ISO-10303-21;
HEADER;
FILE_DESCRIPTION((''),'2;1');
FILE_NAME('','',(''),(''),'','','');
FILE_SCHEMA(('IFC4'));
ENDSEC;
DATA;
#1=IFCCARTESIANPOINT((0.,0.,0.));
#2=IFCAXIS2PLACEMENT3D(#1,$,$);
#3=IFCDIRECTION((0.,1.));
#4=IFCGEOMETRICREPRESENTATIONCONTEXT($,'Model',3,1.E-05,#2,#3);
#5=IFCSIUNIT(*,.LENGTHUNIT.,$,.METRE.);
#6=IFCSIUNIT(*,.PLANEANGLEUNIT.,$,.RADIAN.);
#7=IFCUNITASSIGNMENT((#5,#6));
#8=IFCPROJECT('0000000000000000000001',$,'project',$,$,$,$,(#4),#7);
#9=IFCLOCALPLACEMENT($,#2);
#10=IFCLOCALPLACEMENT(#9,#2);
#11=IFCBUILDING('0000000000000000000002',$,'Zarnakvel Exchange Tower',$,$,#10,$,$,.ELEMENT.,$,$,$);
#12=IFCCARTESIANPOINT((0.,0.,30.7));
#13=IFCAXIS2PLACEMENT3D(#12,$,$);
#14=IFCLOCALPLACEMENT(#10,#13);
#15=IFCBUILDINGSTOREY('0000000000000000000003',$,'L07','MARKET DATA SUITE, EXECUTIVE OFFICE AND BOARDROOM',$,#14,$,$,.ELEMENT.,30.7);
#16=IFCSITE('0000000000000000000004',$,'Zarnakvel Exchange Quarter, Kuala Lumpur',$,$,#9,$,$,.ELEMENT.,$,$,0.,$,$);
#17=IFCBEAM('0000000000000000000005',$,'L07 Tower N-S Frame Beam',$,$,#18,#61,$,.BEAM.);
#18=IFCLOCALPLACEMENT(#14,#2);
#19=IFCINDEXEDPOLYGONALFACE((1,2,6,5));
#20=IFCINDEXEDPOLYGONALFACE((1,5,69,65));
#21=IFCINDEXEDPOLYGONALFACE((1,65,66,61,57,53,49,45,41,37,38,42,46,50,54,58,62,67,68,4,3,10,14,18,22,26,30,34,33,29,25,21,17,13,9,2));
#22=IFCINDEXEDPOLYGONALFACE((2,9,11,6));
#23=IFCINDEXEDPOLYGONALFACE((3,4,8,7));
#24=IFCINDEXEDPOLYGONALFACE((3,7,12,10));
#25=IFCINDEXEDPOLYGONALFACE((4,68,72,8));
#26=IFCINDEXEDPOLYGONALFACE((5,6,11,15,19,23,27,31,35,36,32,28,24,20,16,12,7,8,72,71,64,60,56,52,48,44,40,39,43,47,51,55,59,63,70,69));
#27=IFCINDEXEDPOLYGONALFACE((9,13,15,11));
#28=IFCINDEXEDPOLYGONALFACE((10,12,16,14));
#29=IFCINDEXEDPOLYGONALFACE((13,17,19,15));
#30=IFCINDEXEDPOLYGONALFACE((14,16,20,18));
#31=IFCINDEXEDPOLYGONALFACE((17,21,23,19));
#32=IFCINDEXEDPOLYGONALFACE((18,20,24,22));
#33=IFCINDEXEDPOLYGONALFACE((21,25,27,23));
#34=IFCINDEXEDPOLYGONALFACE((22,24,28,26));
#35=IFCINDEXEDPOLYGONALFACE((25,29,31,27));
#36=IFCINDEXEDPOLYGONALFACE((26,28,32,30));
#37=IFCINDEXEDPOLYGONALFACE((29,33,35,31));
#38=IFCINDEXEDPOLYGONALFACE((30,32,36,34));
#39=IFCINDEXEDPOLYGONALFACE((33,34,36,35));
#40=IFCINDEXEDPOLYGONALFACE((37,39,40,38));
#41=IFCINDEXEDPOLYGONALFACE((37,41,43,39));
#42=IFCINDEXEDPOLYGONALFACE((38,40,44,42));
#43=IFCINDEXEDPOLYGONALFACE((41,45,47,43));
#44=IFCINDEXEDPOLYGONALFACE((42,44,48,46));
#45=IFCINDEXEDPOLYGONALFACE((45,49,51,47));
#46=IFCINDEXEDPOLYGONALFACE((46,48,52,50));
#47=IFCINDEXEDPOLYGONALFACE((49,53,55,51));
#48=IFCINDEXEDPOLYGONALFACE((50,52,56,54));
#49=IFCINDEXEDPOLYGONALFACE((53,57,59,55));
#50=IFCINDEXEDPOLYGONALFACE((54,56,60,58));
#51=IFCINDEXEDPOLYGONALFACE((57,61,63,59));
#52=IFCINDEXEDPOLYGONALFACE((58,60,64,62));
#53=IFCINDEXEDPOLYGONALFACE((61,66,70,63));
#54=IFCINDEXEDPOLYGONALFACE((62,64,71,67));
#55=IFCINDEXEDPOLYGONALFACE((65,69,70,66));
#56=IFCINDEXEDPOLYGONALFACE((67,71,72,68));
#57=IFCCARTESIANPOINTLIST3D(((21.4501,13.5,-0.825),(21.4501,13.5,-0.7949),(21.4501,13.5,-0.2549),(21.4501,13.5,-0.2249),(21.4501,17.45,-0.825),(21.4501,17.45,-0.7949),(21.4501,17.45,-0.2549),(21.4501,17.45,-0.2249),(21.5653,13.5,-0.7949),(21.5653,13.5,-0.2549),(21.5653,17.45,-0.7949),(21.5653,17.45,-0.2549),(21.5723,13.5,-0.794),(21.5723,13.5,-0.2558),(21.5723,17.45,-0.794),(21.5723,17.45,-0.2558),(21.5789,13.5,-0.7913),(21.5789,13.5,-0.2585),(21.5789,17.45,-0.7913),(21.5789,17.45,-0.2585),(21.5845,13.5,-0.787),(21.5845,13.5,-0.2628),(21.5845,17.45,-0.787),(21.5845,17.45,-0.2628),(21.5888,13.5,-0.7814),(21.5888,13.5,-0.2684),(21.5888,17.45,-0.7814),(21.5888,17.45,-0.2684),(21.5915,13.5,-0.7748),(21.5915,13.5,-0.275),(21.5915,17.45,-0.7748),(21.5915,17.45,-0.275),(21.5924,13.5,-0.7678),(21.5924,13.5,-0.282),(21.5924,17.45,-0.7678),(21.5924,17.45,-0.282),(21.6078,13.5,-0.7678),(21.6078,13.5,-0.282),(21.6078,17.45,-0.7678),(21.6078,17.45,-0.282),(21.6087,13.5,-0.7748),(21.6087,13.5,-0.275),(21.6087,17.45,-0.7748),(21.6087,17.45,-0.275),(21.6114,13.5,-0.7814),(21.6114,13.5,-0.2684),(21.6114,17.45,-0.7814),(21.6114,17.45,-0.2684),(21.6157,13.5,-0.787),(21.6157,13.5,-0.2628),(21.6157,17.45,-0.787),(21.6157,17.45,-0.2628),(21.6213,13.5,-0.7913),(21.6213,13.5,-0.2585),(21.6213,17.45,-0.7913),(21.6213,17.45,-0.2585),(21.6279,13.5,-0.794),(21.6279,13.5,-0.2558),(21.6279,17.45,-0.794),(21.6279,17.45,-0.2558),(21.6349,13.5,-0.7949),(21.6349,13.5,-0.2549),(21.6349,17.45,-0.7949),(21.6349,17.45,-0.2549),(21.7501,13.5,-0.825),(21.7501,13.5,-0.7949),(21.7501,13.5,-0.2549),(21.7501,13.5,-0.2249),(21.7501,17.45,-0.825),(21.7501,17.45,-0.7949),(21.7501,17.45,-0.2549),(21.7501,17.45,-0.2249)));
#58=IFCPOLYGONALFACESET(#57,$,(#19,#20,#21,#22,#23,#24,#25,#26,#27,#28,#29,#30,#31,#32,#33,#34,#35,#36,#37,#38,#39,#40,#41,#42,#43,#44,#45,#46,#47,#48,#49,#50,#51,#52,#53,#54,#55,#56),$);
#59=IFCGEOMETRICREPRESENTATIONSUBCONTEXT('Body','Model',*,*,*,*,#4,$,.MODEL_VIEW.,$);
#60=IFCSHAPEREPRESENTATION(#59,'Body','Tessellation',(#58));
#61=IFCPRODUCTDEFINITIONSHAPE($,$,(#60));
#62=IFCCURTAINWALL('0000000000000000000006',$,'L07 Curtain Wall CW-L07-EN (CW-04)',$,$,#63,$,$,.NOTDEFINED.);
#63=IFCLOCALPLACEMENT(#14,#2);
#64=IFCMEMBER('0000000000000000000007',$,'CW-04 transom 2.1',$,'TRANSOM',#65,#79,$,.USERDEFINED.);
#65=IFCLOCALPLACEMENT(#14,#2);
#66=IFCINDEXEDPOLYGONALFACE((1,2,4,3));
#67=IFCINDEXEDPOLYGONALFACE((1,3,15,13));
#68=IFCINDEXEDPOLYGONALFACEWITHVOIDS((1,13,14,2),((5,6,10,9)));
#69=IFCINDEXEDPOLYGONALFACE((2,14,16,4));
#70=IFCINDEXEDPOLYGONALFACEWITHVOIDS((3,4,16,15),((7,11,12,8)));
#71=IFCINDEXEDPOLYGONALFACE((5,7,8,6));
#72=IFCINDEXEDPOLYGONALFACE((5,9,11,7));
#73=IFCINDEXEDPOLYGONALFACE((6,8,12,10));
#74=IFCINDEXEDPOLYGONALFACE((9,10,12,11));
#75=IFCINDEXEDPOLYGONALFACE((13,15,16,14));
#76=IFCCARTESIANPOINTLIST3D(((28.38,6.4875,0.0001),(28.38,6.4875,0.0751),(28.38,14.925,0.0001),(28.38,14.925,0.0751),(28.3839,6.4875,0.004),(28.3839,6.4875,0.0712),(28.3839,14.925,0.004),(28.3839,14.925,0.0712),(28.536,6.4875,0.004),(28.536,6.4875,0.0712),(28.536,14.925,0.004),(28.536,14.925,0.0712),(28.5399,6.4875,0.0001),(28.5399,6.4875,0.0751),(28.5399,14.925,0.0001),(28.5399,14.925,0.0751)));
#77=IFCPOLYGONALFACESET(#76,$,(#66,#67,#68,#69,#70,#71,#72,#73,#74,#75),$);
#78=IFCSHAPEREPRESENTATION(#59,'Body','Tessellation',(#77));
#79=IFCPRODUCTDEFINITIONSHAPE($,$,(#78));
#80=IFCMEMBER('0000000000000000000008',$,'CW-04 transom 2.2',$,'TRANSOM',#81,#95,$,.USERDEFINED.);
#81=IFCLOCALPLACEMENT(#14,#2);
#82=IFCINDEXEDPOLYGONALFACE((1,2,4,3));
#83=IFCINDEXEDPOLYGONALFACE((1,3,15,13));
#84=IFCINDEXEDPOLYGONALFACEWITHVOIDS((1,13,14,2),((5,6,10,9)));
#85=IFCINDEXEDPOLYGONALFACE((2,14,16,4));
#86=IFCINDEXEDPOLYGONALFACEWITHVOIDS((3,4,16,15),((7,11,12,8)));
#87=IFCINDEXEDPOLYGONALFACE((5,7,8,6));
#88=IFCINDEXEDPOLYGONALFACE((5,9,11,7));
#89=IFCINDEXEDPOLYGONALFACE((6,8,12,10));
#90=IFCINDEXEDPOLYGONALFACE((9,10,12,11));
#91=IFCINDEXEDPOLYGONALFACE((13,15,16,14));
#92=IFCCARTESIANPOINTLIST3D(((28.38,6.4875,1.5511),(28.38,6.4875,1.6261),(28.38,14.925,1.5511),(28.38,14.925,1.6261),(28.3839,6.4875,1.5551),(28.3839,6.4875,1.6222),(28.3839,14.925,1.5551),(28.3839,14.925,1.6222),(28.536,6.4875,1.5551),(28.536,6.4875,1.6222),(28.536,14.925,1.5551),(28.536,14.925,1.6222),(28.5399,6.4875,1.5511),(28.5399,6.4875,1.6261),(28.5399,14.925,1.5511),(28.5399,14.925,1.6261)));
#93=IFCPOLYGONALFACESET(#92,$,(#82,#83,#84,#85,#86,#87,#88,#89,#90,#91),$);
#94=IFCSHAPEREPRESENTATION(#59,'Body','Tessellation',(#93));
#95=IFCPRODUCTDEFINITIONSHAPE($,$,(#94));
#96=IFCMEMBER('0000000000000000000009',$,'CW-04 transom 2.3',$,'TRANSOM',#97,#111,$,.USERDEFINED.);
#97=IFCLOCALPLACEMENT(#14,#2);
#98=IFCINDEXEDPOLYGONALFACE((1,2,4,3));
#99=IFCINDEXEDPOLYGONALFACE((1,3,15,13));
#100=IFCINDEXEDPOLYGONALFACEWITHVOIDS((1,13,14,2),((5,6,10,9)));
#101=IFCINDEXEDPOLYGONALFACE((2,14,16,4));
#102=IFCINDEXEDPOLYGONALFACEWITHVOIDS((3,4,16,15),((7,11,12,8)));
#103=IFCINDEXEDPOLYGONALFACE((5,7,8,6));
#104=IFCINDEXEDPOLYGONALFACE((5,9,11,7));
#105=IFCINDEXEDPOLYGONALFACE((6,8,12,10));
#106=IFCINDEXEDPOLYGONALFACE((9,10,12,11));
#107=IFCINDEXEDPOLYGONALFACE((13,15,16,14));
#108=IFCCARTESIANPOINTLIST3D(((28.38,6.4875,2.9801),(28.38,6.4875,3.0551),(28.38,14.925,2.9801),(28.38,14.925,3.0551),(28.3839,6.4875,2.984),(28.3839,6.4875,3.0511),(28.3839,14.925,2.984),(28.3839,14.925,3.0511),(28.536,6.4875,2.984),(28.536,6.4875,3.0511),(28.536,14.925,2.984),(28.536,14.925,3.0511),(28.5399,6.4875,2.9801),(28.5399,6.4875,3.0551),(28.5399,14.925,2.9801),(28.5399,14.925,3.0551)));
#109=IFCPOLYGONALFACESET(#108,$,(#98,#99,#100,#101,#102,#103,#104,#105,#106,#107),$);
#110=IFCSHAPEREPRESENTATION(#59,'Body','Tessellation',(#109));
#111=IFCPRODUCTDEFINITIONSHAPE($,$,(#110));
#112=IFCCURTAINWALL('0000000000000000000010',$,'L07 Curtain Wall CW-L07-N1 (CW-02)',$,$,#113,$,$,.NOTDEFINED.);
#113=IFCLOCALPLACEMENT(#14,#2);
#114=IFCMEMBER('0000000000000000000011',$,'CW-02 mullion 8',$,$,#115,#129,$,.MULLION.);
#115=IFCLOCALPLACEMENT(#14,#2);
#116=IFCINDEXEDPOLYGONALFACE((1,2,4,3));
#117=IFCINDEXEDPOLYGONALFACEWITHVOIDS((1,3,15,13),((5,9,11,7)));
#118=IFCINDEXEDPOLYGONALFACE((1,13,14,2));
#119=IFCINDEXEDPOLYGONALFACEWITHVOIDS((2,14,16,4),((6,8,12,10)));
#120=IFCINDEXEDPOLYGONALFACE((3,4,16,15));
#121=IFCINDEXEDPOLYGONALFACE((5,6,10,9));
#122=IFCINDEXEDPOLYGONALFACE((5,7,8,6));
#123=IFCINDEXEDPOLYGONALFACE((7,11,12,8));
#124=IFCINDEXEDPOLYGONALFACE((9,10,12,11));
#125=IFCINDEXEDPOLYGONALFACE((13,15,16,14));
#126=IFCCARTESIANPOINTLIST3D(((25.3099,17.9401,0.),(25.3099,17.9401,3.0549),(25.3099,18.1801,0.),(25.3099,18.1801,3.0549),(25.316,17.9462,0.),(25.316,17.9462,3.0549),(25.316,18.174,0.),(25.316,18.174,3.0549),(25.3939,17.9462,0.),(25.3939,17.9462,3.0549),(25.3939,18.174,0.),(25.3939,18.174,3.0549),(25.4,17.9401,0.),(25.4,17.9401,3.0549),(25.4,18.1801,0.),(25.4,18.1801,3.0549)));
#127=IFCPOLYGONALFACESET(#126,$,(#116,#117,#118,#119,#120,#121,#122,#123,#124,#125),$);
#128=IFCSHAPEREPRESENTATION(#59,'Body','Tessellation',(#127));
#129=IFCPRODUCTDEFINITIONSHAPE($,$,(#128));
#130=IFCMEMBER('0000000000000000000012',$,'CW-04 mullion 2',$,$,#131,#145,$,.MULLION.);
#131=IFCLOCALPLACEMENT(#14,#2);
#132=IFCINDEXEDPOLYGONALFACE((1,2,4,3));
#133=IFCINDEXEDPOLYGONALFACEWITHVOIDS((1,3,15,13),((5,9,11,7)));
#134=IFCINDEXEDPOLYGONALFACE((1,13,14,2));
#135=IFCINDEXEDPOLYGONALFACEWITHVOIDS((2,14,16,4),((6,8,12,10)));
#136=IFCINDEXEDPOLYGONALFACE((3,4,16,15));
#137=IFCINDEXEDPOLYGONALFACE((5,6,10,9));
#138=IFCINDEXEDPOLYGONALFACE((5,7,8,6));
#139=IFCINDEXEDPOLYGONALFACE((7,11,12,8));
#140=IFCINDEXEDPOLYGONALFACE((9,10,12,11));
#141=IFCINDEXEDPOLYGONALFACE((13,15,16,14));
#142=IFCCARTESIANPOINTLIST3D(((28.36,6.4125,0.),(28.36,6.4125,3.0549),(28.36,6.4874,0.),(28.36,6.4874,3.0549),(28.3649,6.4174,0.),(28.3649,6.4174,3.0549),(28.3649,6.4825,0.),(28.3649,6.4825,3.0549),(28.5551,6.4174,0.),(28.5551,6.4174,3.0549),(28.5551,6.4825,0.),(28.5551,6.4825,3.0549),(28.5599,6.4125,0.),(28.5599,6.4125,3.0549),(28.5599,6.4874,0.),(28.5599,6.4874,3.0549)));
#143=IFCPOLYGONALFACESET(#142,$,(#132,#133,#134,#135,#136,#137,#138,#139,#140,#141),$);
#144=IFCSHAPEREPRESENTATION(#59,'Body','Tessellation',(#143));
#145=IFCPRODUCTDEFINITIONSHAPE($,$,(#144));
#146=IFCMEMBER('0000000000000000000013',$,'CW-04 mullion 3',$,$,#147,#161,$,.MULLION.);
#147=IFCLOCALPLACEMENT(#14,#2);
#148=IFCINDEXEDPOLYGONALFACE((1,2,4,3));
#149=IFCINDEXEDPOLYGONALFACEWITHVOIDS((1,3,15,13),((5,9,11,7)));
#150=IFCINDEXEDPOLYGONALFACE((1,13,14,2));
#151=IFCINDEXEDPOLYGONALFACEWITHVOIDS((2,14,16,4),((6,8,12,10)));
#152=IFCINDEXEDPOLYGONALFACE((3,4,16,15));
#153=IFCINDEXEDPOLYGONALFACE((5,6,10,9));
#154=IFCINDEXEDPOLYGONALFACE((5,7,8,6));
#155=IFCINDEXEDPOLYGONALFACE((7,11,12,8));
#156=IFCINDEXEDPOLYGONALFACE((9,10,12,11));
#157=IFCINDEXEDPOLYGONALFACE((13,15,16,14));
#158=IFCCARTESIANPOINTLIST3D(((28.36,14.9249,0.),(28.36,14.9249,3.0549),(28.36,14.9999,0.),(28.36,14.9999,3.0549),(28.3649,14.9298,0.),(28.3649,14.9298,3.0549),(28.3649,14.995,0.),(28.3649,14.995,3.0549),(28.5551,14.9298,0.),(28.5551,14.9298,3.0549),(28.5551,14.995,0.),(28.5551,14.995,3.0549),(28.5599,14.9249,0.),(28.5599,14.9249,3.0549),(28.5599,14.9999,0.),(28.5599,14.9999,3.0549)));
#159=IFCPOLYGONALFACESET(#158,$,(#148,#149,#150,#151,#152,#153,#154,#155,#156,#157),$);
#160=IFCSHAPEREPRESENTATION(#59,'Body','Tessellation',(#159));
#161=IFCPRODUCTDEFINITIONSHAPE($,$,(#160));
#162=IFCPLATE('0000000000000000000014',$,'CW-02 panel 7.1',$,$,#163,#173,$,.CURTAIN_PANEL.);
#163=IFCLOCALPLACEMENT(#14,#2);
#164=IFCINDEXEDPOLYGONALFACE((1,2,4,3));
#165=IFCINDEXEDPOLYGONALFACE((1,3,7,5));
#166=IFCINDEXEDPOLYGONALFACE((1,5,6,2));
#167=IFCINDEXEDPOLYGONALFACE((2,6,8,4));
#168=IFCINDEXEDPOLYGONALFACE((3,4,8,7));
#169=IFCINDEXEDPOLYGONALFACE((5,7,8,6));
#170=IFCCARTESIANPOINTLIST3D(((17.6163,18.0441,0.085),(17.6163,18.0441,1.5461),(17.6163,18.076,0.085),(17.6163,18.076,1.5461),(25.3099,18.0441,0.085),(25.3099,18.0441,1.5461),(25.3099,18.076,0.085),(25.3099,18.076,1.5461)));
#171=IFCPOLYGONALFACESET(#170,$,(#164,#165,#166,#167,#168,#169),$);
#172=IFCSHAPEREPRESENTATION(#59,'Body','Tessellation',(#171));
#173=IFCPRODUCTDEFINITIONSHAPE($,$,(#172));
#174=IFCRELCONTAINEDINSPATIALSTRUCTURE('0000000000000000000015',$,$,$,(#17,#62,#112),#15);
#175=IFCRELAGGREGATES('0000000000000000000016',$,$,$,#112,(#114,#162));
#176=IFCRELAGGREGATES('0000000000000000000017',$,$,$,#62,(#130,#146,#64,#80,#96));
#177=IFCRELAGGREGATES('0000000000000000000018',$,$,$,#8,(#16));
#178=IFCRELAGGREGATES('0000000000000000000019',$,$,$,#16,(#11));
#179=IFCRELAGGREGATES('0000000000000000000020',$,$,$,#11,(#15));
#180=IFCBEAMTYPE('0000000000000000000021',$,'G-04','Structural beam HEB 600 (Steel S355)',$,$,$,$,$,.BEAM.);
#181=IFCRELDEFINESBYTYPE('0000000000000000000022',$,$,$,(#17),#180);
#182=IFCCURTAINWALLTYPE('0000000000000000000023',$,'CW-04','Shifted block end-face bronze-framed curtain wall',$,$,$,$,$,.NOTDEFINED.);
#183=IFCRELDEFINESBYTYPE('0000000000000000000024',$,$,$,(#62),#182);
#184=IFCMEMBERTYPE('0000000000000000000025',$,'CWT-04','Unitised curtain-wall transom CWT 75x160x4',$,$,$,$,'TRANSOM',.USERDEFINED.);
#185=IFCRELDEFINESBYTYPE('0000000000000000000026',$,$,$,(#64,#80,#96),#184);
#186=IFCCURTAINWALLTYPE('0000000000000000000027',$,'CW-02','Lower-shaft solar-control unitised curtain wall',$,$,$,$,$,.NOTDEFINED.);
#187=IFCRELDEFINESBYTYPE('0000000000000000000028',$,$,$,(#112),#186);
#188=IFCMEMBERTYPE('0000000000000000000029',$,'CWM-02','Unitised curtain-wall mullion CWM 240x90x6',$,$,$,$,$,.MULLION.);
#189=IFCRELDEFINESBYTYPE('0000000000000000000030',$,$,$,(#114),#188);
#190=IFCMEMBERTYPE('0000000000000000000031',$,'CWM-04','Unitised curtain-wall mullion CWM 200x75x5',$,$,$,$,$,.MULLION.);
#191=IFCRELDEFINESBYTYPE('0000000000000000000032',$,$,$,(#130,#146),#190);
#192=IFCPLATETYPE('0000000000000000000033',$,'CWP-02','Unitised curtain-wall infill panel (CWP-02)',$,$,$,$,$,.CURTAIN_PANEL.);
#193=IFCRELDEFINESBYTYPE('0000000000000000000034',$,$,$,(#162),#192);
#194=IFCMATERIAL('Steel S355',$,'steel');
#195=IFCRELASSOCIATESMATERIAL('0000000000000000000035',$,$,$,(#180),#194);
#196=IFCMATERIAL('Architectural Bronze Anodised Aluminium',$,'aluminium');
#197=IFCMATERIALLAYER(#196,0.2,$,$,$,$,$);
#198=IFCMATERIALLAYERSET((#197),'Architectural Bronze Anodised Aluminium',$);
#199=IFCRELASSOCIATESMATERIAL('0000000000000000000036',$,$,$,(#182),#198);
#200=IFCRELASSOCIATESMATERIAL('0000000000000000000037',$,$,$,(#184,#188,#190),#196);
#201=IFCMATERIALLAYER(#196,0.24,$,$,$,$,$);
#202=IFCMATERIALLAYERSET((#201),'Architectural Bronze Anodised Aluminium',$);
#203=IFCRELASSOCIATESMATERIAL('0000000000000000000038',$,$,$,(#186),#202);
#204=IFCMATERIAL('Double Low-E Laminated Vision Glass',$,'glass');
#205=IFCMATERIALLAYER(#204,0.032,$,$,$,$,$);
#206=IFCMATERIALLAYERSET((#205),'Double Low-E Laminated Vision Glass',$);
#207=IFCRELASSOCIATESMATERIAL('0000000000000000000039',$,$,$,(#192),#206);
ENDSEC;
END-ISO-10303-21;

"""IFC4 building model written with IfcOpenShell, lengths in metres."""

from ifc_helpers import new_model, si_unit, direction, frame, origin, origin_2d, place, context, subcontext, project, spatial, rectangle, hollow_rectangle, i_section, extrude, source, transform, mapped, material, layer, layer_set, material_profile, profile_set, type_object, element, aggregate, save


model = new_model("IFC4")

# Units and contexts
model_context = context("Model", 3, precision=1e-05, world=origin(), true_north=direction((0.0, 1.0)))
body_context = subcontext(model_context, "Body", "Model", "MODEL_VIEW")
ifc_project = project(units=[si_unit("LENGTHUNIT", "METRE"), si_unit("PLANEANGLEUNIT", "RADIAN")], contexts=[model_context])

# Site, building, storey
site_placement = place(None, origin())
site = spatial("IfcSite", under=ifc_project, at=site_placement, Name="Zarnakvel Exchange Quarter, Kuala Lumpur", CompositionType="ELEMENT", RefElevation=0.0)
building_placement = place(site_placement, origin())
building = spatial("IfcBuilding", under=site, at=building_placement, Name="Zarnakvel Exchange Tower", CompositionType="ELEMENT")
storey_placement = place(building_placement, frame((0.0, 0.0, 30.7)))
storey = spatial("IfcBuildingStorey", under=building, at=storey_placement, Name="L07", Description="MARKET DATA SUITE, EXECUTIVE OFFICE AND BOARDROOM", CompositionType="ELEMENT", Elevation=30.7)

# Shared definitions
ifc_material_1 = material(Name="Steel S355", Category="steel")

# Beam
ifc_material_profile_1 = material_profile(ifc_material_1, i_section(OverallWidth=0.3, OverallDepth=0.6001, WebThickness=0.0154, FlangeThickness=0.03, FilletRadius=0.0271, at=origin_2d()))
ifc_profile_set_1 = profile_set([ifc_material_profile_1], Name="Steel S355")
beam_type = type_object("IfcBeamType", Name="G-04", Description="Structural beam HEB 600 (Steel S355)", PredefinedType="BEAM", material=ifc_profile_set_1)
beam_1_placement = place(storey_placement, frame((21.6001, 13.5, -0.5249), z_axis=(0.0, 1.0, 0.0), x_axis=(-1.0, 0.0, 0.0)))
element("IfcBeam", 1, at=beam_1_placement, inside=storey, type_object=beam_type, Name="L07 Tower N-S Frame Beam", PredefinedType="BEAM", context=body_context, shape_type="SweptSolid", body=[
    extrude(i_section(OverallWidth=0.3, OverallDepth=0.6001, WebThickness=0.0154, FlangeThickness=0.03, FilletRadius=0.0271, at=origin_2d()), origin(), (0.0, 0.0, 1.0), 3.95),
])

# Curtain wall, members
ifc_material_2 = material(Name="Architectural Bronze Anodised Aluminium", Category="aluminium")
ifc_layer_1 = layer(ifc_material_2, 0.2)
ifc_layer_set_1 = layer_set([ifc_layer_1], Name="Architectural Bronze Anodised Aluminium")
curtain_wall_type_1 = type_object("IfcCurtainWallType", Name="CW-04", Description="Shifted block end-face bronze-framed curtain wall", PredefinedType="NOTDEFINED", material=ifc_layer_set_1)
curtain_wall_1_placement = place(storey_placement, origin())
curtain_wall_1 = element("IfcCurtainWall", 2, at=curtain_wall_1_placement, inside=storey, type_object=curtain_wall_type_1, Name="L07 Curtain Wall CW-L07-EN (CW-04)", PredefinedType="NOTDEFINED")
ifc_material_profile_2 = material_profile(ifc_material_2, hollow_rectangle(XDim=0.1599, YDim=0.075, WallThickness=0.0039, at=origin_2d()))
ifc_profile_set_2 = profile_set([ifc_material_profile_2], Name="Architectural Bronze Anodised Aluminium")
member_type_1 = type_object("IfcMemberType", Name="CWT-04", Description="Unitised curtain-wall transom CWT 75x160x4", ElementType="TRANSOM", PredefinedType="USERDEFINED", material=ifc_profile_set_2)
shared_shape_1 = source(origin(), body_context, "Body", "SweptSolid", [
    extrude(hollow_rectangle(XDim=0.1599, YDim=0.075, WallThickness=0.0039, at=origin_2d()), origin(), (0.0, 0.0, 1.0), 8.4375),
])
member_1_placement = place(storey_placement, frame((28.46, 6.4875, 0.0376), z_axis=(0.0, 1.0, 0.0), x_axis=(-1.0, 0.0, 0.0)))
member_1 = element("IfcMember", 3, at=member_1_placement, type_object=member_type_1, Name="CW-04 transom 2.1", ObjectType="TRANSOM", PredefinedType="USERDEFINED", context=body_context, shape_type="MappedRepresentation", body=[
    mapped(shared_shape_1, transform((0.0, 0.0, 0.0), x_axis=(1.0, 0.0, 0.0), y_axis=(0.0, 1.0, 0.0), z_axis=(0.0, 0.0, 1.0), scale=1.0)),
])
member_2_placement = place(storey_placement, frame((28.46, 6.4875, 1.5886), z_axis=(0.0, 1.0, 0.0), x_axis=(-1.0, 0.0, 0.0)))
member_2 = element("IfcMember", 4, at=member_2_placement, type_object=member_type_1, Name="CW-04 transom 2.2", ObjectType="TRANSOM", PredefinedType="USERDEFINED", context=body_context, shape_type="MappedRepresentation", body=[
    mapped(shared_shape_1, transform((0.0, 0.0, 0.0), x_axis=(1.0, 0.0, 0.0), y_axis=(0.0, 1.0, 0.0), z_axis=(0.0, 0.0, 1.0), scale=1.0)),
])
member_3_placement = place(storey_placement, frame((28.46, 6.4875, 3.0176), z_axis=(0.0, 1.0, 0.0), x_axis=(-1.0, 0.0, 0.0)))
member_3 = element("IfcMember", 5, at=member_3_placement, type_object=member_type_1, Name="CW-04 transom 2.3", ObjectType="TRANSOM", PredefinedType="USERDEFINED", context=body_context, shape_type="MappedRepresentation", body=[
    mapped(shared_shape_1, transform((0.0, 0.0, 0.0), x_axis=(1.0, 0.0, 0.0), y_axis=(0.0, 1.0, 0.0), z_axis=(0.0, 0.0, 1.0), scale=1.0)),
])

# Curtain wall, member
ifc_layer_2 = layer(ifc_material_2, 0.24)
ifc_layer_set_2 = layer_set([ifc_layer_2], Name="Architectural Bronze Anodised Aluminium")
curtain_wall_type_2 = type_object("IfcCurtainWallType", Name="CW-02", Description="Lower-shaft solar-control unitised curtain wall", PredefinedType="NOTDEFINED", material=ifc_layer_set_2)
curtain_wall_2_placement = place(storey_placement, origin())
curtain_wall_2 = element("IfcCurtainWall", 6, at=curtain_wall_2_placement, inside=storey, type_object=curtain_wall_type_2, Name="L07 Curtain Wall CW-L07-N1 (CW-02)", PredefinedType="NOTDEFINED")
ifc_material_profile_3 = material_profile(ifc_material_2, hollow_rectangle(XDim=0.24, YDim=0.0901, WallThickness=0.0061, at=origin_2d()))
ifc_profile_set_3 = profile_set([ifc_material_profile_3], Name="Architectural Bronze Anodised Aluminium")
member_type_2 = type_object("IfcMemberType", Name="CWM-02", Description="Unitised curtain-wall mullion CWM 240x90x6", PredefinedType="MULLION", material=ifc_profile_set_3)
shared_shape_2 = source(origin(), body_context, "Body", "SweptSolid", [
    extrude(hollow_rectangle(XDim=0.24, YDim=0.0901, WallThickness=0.0061, at=origin_2d()), origin(), (0.0, 0.0, 1.0), 3.0549),
])
member_4_placement = place(storey_placement, frame((25.355, 18.0601, 0.0), z_axis=(0.0, 0.0, 1.0), x_axis=(0.0, 1.0, 0.0)))
member_4 = element("IfcMember", 7, at=member_4_placement, type_object=member_type_2, Name="CW-02 mullion 8", PredefinedType="MULLION", context=body_context, shape_type="MappedRepresentation", body=[
    mapped(shared_shape_2, transform((0.0, 0.0, 0.0), x_axis=(1.0, 0.0, 0.0), y_axis=(0.0, 1.0, 0.0), z_axis=(0.0, 0.0, 1.0), scale=1.0)),
])

# Members
ifc_material_profile_4 = material_profile(ifc_material_2, hollow_rectangle(XDim=0.2, YDim=0.075, WallThickness=0.0049, at=origin_2d()))
ifc_profile_set_4 = profile_set([ifc_material_profile_4], Name="Architectural Bronze Anodised Aluminium")
member_type_3 = type_object("IfcMemberType", Name="CWM-04", Description="Unitised curtain-wall mullion CWM 200x75x5", PredefinedType="MULLION", material=ifc_profile_set_4)
shared_shape_3 = source(origin(), body_context, "Body", "SweptSolid", [
    extrude(hollow_rectangle(XDim=0.2, YDim=0.075, WallThickness=0.0049, at=origin_2d()), origin(), (0.0, 0.0, 1.0), 3.0549),
])
member_5_placement = place(storey_placement, frame((28.46, 6.45, 0.0), z_axis=(0.0, 0.0, 1.0), x_axis=(-1.0, 0.0, 0.0)))
member_5 = element("IfcMember", 8, at=member_5_placement, type_object=member_type_3, Name="CW-04 mullion 2", PredefinedType="MULLION", context=body_context, shape_type="MappedRepresentation", body=[
    mapped(shared_shape_3, transform((0.0, 0.0, 0.0), x_axis=(1.0, 0.0, 0.0), y_axis=(0.0, 1.0, 0.0), z_axis=(0.0, 0.0, 1.0), scale=1.0)),
])
member_6_placement = place(storey_placement, frame((28.46, 14.9624, 0.0), z_axis=(0.0, 0.0, 1.0), x_axis=(-1.0, 0.0, 0.0)))
member_6 = element("IfcMember", 9, at=member_6_placement, type_object=member_type_3, Name="CW-04 mullion 3", PredefinedType="MULLION", context=body_context, shape_type="MappedRepresentation", body=[
    mapped(shared_shape_3, transform((0.0, 0.0, 0.0), x_axis=(1.0, 0.0, 0.0), y_axis=(0.0, 1.0, 0.0), z_axis=(0.0, 0.0, 1.0), scale=1.0)),
])

# Plate
ifc_material_3 = material(Name="Double Low-E Laminated Vision Glass", Category="glass")
ifc_layer_3 = layer(ifc_material_3, 0.032)
ifc_layer_set_3 = layer_set([ifc_layer_3], Name="Double Low-E Laminated Vision Glass")
plate_type_1 = type_object("IfcPlateType", Name="CWP-02", Description="Unitised curtain-wall infill panel (CWP-02)", PredefinedType="CURTAIN_PANEL", material=ifc_layer_set_3)
shared_shape_4 = source(origin(), body_context, "Body", "SweptSolid", [
    extrude(rectangle(XDim=7.6936, YDim=0.032, at=origin_2d()), origin(), (0.0, 0.0, 1.0), 1.4612),
])
plate_1_placement = place(storey_placement, frame((21.4631, 18.0601, 0.085), z_axis=(0.0, 0.0, 1.0), x_axis=(1.0, 0.0, 0.0)))
plate_1 = element("IfcPlate", 10, at=plate_1_placement, type_object=plate_type_1, Name="CW-02 panel 7.1", PredefinedType="CURTAIN_PANEL", context=body_context, shape_type="MappedRepresentation", body=[
    mapped(shared_shape_4, transform((0.0, 0.0, 0.0), x_axis=(1.0, 0.0, 0.0), y_axis=(0.0, 1.0, 0.0), z_axis=(0.0, 0.0, 1.0), scale=1.0)),
])
aggregate(curtain_wall_2, [member_4, plate_1])
aggregate(curtain_wall_1, [member_5, member_6, member_1, member_2, member_3])

save(model, "model.ifc")
